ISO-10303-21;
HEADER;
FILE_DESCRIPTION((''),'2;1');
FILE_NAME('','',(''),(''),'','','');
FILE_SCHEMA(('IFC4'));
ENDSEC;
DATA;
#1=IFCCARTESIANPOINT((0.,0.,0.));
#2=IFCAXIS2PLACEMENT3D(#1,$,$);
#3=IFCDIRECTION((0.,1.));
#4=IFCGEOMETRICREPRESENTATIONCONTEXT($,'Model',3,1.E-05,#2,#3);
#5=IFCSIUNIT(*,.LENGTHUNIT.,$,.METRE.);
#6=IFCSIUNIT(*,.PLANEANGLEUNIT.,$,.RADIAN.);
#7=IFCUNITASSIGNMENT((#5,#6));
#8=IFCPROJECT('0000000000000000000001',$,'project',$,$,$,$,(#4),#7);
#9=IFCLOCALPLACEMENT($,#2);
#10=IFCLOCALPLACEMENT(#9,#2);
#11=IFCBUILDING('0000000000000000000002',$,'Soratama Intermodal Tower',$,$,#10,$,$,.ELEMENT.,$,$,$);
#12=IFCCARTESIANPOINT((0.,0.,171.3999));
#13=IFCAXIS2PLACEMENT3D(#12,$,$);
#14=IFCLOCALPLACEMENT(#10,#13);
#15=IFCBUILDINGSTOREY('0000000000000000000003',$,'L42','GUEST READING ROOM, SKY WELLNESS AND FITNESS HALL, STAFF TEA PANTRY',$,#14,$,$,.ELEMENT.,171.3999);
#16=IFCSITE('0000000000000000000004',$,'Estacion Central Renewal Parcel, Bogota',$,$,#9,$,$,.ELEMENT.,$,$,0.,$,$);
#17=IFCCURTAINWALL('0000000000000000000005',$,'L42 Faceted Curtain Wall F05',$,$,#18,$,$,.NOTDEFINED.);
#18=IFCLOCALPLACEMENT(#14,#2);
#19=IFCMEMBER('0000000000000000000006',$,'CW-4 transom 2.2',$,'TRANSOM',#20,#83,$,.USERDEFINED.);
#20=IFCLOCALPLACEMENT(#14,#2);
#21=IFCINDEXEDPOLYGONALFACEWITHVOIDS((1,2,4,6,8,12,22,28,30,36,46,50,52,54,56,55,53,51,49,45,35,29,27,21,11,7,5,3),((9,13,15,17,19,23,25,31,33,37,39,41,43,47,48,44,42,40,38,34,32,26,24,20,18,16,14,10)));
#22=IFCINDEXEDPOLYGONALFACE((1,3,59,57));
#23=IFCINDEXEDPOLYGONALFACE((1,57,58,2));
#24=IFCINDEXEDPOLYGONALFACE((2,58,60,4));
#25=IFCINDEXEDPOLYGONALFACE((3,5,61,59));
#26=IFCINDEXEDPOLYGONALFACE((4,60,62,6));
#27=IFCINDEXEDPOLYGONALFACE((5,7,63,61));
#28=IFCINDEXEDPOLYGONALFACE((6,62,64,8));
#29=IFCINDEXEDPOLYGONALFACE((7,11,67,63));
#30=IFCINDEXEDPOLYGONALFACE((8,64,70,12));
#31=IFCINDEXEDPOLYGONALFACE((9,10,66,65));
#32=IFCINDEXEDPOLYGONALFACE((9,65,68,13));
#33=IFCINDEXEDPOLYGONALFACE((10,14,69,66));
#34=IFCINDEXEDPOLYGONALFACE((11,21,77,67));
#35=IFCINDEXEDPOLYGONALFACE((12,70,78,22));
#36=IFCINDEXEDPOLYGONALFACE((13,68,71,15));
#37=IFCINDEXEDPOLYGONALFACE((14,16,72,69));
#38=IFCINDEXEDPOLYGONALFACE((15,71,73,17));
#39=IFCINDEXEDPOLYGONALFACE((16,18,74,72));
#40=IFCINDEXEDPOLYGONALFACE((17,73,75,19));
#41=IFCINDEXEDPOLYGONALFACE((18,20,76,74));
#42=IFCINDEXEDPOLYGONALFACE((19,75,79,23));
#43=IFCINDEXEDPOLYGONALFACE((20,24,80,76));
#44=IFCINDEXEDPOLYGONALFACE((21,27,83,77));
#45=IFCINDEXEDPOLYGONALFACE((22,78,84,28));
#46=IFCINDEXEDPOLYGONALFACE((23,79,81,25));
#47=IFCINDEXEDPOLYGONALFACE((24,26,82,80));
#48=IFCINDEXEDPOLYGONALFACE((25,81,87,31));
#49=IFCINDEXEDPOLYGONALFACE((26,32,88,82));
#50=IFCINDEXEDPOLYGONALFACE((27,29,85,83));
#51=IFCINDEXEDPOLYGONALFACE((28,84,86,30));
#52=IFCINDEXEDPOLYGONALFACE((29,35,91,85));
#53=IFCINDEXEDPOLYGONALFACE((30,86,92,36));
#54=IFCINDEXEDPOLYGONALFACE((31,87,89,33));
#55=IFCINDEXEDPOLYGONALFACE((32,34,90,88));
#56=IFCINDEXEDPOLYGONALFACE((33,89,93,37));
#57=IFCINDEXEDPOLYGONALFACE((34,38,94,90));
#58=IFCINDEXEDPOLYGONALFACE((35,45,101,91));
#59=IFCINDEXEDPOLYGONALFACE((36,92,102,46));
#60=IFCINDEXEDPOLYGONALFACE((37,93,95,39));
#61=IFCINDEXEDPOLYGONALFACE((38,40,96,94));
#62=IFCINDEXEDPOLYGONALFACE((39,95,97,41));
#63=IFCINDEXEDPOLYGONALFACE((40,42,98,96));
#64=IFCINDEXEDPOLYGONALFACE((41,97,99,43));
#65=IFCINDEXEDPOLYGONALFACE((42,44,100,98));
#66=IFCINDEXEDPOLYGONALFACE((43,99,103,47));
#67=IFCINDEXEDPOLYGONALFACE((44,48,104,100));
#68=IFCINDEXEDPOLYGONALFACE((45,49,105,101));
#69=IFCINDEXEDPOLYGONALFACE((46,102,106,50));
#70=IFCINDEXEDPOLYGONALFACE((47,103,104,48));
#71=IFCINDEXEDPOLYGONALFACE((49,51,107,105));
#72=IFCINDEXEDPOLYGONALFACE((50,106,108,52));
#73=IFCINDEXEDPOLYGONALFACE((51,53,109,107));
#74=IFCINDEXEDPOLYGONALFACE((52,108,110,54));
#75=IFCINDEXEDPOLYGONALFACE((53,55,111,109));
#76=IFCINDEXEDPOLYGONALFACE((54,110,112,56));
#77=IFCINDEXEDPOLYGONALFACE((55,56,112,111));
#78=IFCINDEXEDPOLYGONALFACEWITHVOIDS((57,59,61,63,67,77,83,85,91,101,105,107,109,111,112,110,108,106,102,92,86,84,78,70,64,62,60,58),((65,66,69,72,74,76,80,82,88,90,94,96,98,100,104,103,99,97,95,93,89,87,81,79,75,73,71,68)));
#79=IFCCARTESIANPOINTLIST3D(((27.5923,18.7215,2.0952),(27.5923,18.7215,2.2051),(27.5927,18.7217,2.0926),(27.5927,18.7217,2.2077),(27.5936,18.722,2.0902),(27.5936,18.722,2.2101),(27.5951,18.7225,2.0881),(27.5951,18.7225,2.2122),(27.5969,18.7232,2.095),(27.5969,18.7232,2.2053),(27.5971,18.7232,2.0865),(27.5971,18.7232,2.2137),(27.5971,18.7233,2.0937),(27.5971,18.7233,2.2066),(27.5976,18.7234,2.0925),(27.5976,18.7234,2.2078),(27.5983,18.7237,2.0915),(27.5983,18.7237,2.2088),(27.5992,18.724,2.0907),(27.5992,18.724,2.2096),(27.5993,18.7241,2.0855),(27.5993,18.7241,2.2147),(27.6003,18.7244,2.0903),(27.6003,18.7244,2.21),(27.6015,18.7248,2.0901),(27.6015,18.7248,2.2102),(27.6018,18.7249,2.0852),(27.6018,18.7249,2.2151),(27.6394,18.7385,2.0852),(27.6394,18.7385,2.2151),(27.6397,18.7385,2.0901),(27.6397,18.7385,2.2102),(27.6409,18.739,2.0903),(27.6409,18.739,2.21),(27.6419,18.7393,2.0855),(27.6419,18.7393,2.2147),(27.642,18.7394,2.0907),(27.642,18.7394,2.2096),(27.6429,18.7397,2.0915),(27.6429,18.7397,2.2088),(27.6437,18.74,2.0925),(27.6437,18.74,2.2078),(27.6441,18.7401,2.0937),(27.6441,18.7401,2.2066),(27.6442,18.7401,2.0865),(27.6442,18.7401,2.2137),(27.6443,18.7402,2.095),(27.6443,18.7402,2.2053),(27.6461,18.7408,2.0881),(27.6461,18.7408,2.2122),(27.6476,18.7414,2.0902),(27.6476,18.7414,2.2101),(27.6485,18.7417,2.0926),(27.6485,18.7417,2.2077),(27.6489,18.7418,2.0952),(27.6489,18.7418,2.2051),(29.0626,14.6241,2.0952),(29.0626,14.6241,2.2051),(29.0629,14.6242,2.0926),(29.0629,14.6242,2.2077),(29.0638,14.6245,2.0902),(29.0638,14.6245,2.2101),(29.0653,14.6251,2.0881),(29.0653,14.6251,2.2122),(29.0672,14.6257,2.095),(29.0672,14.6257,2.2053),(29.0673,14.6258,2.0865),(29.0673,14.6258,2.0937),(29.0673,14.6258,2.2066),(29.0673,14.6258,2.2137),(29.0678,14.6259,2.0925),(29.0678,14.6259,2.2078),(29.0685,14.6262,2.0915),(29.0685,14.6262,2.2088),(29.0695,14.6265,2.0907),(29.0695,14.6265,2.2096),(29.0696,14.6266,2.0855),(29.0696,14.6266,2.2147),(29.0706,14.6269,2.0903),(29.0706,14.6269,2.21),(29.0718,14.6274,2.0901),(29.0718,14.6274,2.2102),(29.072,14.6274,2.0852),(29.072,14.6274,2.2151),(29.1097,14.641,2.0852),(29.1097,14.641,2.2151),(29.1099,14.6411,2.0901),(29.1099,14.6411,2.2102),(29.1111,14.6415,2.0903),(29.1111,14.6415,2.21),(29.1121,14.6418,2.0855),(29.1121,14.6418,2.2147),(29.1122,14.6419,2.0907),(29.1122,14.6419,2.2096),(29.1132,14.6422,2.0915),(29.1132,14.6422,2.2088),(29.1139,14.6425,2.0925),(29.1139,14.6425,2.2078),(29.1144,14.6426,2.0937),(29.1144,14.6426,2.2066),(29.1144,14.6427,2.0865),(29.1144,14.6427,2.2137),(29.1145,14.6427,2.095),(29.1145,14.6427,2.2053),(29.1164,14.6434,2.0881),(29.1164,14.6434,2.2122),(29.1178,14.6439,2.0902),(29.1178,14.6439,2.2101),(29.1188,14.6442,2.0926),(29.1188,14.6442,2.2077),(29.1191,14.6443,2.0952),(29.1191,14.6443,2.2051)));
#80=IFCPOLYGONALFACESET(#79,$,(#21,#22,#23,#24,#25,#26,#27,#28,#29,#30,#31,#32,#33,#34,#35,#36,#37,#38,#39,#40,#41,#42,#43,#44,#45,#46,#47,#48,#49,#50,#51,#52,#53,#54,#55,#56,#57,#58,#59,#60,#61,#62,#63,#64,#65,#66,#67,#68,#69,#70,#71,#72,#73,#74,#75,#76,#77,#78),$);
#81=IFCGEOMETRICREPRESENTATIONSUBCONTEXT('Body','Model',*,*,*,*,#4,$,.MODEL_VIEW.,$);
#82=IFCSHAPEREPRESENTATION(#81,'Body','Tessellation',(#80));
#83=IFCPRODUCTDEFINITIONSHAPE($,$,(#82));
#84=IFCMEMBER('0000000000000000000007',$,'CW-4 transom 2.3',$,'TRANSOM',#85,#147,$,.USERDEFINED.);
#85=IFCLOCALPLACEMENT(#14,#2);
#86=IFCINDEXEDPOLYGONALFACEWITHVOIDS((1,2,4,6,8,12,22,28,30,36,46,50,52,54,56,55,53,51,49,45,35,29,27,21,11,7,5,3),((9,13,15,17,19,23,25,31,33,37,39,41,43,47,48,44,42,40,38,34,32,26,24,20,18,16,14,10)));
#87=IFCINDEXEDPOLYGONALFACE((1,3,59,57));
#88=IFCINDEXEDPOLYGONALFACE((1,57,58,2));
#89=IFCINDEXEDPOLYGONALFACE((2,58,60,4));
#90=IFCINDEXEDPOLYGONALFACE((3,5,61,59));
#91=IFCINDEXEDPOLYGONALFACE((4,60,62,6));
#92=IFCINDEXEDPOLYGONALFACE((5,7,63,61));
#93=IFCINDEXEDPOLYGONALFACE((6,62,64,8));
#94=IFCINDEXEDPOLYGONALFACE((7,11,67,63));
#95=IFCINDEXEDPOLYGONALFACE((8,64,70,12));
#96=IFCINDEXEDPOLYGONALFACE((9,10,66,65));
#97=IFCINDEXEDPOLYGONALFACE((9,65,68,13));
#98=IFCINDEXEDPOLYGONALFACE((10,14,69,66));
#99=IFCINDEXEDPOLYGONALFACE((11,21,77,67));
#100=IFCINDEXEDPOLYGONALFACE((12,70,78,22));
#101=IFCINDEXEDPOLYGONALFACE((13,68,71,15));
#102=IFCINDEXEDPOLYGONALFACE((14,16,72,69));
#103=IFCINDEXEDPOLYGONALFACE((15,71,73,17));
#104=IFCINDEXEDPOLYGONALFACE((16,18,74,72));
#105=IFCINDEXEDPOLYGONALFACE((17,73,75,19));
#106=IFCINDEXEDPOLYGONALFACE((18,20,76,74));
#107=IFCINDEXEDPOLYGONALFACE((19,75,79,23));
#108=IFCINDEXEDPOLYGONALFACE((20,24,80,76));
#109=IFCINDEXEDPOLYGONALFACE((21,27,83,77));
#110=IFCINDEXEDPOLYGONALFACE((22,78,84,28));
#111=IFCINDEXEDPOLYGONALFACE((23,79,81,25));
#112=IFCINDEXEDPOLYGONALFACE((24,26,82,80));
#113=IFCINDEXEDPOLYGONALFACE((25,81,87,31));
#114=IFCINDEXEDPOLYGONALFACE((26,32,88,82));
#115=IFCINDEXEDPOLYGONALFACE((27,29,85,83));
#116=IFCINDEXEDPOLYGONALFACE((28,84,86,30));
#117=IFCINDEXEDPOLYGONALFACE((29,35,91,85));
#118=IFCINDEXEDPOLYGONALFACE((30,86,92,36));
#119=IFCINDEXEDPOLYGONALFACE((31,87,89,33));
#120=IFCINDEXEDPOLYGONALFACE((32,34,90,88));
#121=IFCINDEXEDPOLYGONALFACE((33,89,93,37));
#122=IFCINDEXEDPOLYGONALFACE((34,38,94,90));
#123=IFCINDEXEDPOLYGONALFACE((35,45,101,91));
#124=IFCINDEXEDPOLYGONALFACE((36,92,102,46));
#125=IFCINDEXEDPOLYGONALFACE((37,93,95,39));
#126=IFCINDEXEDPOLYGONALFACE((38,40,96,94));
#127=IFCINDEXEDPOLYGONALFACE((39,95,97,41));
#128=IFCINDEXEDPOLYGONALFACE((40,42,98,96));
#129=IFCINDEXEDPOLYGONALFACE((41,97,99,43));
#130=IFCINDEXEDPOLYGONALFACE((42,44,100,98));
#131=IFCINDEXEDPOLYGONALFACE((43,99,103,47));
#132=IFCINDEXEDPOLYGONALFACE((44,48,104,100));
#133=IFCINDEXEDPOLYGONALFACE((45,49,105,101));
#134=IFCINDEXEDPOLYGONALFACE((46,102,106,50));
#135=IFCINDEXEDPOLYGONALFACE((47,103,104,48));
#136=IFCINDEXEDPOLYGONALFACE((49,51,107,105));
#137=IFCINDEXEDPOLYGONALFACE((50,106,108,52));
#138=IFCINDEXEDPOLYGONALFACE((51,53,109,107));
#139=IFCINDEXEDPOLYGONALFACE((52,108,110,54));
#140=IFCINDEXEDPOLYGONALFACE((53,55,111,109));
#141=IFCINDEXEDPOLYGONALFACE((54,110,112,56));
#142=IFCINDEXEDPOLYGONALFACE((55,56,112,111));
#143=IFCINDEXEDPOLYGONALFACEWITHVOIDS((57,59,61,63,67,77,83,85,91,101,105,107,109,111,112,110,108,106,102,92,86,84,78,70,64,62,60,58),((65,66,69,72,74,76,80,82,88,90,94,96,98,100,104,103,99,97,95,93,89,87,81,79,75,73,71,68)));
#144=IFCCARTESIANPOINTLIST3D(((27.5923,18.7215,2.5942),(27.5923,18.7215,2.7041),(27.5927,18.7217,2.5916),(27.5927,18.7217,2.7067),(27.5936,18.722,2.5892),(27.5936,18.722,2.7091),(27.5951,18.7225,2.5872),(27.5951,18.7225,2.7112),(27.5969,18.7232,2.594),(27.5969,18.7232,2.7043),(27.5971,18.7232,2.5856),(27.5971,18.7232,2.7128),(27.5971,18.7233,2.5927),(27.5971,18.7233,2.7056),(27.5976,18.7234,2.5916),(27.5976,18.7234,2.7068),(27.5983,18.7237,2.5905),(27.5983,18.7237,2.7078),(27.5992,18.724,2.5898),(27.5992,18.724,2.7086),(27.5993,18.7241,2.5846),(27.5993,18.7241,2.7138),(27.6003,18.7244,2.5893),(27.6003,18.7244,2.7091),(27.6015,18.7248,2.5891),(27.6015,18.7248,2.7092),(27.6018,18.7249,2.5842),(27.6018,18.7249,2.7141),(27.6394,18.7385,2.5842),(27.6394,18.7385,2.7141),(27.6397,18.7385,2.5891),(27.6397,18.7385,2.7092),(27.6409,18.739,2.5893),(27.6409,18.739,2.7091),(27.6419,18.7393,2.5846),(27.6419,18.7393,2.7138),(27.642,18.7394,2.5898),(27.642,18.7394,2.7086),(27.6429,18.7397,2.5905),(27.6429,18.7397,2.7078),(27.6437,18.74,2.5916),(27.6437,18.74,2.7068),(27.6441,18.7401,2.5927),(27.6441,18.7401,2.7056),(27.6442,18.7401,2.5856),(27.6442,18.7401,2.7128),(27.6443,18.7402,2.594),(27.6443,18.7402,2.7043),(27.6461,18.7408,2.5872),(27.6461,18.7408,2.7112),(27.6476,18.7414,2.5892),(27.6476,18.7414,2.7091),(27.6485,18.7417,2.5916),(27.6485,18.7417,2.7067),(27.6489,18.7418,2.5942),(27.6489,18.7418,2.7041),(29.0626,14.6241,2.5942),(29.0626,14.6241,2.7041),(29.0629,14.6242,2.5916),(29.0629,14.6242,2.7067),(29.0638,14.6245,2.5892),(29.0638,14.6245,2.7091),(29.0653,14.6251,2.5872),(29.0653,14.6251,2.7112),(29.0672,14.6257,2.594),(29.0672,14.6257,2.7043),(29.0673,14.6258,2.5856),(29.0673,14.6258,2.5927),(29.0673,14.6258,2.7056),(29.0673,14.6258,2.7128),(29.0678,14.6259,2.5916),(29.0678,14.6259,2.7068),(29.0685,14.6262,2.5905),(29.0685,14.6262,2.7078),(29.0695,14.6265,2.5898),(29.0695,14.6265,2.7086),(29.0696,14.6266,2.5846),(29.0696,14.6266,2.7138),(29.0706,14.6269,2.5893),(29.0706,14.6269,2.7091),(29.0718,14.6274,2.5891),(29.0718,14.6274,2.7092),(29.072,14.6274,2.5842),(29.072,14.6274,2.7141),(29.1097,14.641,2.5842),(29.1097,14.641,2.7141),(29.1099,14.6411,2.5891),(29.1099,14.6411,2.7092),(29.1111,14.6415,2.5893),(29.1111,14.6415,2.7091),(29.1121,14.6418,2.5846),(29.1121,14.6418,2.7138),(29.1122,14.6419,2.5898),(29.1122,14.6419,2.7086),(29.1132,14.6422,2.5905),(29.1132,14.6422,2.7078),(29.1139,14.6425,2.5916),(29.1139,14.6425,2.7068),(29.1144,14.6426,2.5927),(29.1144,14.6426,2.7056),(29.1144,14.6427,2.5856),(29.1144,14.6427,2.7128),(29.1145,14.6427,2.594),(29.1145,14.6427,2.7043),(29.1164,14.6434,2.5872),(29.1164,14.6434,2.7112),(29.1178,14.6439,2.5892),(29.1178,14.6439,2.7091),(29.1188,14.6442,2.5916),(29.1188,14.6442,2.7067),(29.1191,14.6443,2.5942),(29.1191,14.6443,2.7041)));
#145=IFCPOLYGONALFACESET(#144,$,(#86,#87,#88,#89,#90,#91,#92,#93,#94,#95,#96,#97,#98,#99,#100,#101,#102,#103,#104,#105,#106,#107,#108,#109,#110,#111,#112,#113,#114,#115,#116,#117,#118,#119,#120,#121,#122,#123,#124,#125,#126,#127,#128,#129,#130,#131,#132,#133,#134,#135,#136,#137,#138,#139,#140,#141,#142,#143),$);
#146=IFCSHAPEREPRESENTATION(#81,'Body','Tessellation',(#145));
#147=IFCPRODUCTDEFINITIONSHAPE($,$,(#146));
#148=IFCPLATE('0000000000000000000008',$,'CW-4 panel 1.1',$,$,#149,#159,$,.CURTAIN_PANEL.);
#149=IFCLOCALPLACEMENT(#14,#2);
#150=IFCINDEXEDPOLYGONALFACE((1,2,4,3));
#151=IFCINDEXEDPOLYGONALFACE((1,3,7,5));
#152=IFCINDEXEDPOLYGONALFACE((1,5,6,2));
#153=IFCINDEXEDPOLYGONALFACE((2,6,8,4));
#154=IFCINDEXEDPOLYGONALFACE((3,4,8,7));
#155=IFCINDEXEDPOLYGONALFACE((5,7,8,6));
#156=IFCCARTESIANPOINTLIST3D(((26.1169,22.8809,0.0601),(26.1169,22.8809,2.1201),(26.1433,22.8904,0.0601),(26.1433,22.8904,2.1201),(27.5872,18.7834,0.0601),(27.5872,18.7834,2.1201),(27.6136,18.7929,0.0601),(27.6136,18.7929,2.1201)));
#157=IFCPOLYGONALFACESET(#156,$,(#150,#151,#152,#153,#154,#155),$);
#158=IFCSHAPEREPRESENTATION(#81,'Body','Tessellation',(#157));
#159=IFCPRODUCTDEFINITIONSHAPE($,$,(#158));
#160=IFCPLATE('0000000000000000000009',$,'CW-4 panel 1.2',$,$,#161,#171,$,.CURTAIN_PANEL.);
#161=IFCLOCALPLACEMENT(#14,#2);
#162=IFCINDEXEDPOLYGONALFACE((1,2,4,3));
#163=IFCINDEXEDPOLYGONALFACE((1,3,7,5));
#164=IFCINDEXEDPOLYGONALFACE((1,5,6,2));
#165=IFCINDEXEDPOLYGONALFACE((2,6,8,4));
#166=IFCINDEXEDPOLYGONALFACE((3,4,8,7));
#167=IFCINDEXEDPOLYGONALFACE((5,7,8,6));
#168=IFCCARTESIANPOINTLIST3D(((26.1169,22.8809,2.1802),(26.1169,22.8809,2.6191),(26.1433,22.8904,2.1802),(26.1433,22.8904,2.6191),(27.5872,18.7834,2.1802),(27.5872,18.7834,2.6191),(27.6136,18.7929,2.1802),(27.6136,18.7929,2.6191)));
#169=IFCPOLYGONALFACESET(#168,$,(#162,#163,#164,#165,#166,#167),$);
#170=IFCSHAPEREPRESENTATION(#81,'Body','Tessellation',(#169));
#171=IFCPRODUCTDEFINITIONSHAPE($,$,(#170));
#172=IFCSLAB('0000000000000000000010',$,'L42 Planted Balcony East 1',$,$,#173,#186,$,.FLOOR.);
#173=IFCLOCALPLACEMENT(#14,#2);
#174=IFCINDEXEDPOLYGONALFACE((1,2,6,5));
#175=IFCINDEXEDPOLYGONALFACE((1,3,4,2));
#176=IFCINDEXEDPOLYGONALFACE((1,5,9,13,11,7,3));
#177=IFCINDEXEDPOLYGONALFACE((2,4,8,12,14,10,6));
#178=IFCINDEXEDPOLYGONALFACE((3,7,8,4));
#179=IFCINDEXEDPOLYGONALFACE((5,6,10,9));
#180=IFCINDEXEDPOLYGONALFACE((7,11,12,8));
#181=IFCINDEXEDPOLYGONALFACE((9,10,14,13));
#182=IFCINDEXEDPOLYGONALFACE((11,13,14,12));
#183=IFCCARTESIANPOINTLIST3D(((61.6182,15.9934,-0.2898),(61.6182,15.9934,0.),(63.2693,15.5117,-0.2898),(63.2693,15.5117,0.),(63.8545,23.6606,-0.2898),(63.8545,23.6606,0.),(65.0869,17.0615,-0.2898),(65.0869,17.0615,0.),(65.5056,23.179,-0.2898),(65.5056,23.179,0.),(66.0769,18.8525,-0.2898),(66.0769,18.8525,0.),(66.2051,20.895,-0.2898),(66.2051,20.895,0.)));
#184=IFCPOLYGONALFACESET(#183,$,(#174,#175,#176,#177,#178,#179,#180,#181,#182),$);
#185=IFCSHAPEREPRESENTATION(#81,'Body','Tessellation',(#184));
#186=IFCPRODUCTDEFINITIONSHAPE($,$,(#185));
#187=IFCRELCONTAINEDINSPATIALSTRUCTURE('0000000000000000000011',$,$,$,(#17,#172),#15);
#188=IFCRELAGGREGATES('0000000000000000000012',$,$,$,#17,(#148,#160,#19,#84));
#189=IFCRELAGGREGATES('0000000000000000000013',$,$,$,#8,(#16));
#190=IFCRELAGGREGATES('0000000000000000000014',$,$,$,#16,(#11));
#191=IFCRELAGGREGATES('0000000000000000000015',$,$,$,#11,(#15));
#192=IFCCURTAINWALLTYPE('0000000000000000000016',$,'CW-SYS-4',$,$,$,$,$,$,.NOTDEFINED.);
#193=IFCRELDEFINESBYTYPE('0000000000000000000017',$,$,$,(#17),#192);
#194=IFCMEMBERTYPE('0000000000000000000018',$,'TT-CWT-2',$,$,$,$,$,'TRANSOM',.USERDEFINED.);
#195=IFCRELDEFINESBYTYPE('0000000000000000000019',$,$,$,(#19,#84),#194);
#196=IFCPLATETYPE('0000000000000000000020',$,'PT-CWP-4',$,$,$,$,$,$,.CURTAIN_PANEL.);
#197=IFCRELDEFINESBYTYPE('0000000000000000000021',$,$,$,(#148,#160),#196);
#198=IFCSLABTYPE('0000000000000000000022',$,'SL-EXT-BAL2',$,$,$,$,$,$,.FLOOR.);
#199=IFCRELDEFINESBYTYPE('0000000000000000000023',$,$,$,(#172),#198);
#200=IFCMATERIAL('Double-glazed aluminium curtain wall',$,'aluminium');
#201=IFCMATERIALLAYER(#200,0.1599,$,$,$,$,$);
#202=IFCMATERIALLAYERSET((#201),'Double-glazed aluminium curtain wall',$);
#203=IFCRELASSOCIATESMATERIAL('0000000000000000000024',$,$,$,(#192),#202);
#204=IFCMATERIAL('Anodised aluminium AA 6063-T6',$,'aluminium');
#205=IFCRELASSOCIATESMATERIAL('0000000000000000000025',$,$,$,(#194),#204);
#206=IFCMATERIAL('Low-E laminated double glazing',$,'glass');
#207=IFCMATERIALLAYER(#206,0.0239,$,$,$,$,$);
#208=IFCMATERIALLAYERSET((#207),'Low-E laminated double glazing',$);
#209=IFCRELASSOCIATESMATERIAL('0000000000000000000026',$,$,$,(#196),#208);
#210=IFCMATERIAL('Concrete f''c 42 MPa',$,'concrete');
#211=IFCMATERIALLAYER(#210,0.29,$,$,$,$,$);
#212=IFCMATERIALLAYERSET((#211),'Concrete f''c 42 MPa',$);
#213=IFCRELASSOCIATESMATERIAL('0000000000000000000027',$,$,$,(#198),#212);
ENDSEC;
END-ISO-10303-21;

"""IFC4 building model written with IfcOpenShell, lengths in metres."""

from ifc_helpers import new_model, si_unit, direction, frame, origin, origin_2d, place, context, subcontext, project, spatial, polyline, rectangle, hollow_rectangle, outline, extrude, material, layer, layer_set, material_profile, profile_set, type_object, element, aggregate, save


model = new_model("IFC4")

# Units and contexts
model_context = context("Model", 3, precision=1e-05, world=origin(), true_north=direction((0.0, 1.0)))
body_context = subcontext(model_context, "Body", "Model", "MODEL_VIEW")
ifc_project = project(units=[si_unit("LENGTHUNIT", "METRE"), si_unit("PLANEANGLEUNIT", "RADIAN")], contexts=[model_context])

# Site, building, storey
site_placement = place(None, origin())
site = spatial("IfcSite", under=ifc_project, at=site_placement, Name="Estacion Central Renewal Parcel, Bogota", CompositionType="ELEMENT", RefElevation=0.0)
building_placement = place(site_placement, origin())
building = spatial("IfcBuilding", under=site, at=building_placement, Name="Soratama Intermodal Tower", CompositionType="ELEMENT")
storey_placement = place(building_placement, frame((0.0, 0.0, 171.3999)))
storey = spatial("IfcBuildingStorey", under=building, at=storey_placement, Name="L42", Description="GUEST READING ROOM, SKY WELLNESS AND FITNESS HALL, STAFF TEA PANTRY", CompositionType="ELEMENT", Elevation=171.3999)

# Curtain wall, members, plates
ifc_material_1 = material(Name="Double-glazed aluminium curtain wall", Category="aluminium")
ifc_layer_1 = layer(ifc_material_1, 0.1599)
ifc_layer_set_1 = layer_set([ifc_layer_1], Name="Double-glazed aluminium curtain wall")
curtain_wall_type = type_object("IfcCurtainWallType", Name="CW-SYS-4", PredefinedType="NOTDEFINED", material=ifc_layer_set_1)
curtain_wall_placement = place(storey_placement, origin())
curtain_wall = element("IfcCurtainWall", 1, at=curtain_wall_placement, inside=storey, type_object=curtain_wall_type, Name="L42 Faceted Curtain Wall F05", PredefinedType="NOTDEFINED")
ifc_material_2 = material(Name="Anodised aluminium AA 6063-T6", Category="aluminium")
ifc_material_profile_1 = material_profile(ifc_material_2, hollow_rectangle(XDim=0.0601, YDim=0.1299, WallThickness=0.0049, InnerFilletRadius=0.0049, OuterFilletRadius=0.01, at=origin_2d()), Name="CWT130X60X5")
ifc_profile_set_1 = profile_set([ifc_material_profile_1], Name="Anodised aluminium AA 6063-T6")
member_type_1 = type_object("IfcMemberType", Name="TT-CWT-2", ElementType="TRANSOM", PredefinedType="USERDEFINED", material=ifc_profile_set_1)
member_1_placement = place(storey_placement, frame((27.6206, 18.7317, 2.1501), z_axis=(0.337732, -0.941242, 0.0), x_axis=(0.941242, 0.337732, 0.0)))
member_1 = element("IfcMember", 2, at=member_1_placement, type_object=member_type_1, Name="CW-4 transom 2.2", ObjectType="TRANSOM", PredefinedType="USERDEFINED", context=body_context, shape_type="SweptSolid", body=[
    extrude(hollow_rectangle(XDim=0.0601, YDim=0.1299, WallThickness=0.0049, InnerFilletRadius=0.0049, OuterFilletRadius=0.01, at=origin_2d()), origin(), (0.0, 0.0, 1.0), 4.3533),
])
member_2_placement = place(storey_placement, frame((27.6206, 18.7317, 2.6492), z_axis=(0.337732, -0.941242, 0.0), x_axis=(0.941242, 0.337732, 0.0)))
member_2 = element("IfcMember", 3, at=member_2_placement, type_object=member_type_1, Name="CW-4 transom 2.3", ObjectType="TRANSOM", PredefinedType="USERDEFINED", context=body_context, shape_type="SweptSolid", body=[
    extrude(hollow_rectangle(XDim=0.0601, YDim=0.1299, WallThickness=0.0049, InnerFilletRadius=0.0049, OuterFilletRadius=0.01, at=origin_2d()), origin(), (0.0, 0.0, 1.0), 4.3533),
])
ifc_material_3 = material(Name="Low-E laminated double glazing", Category="glass")
ifc_layer_2 = layer(ifc_material_3, 0.0239)
ifc_layer_set_2 = layer_set([ifc_layer_2], Name="Low-E laminated double glazing")
plate_type = type_object("IfcPlateType", Name="PT-CWP-4", PredefinedType="CURTAIN_PANEL", material=ifc_layer_set_2)
plate_1_placement = place(storey_placement, frame((26.8652, 20.8369, 0.0601), z_axis=(0.0, 0.0, 1.0), x_axis=(0.337751, -0.941235, 0.0)))
plate_1 = element("IfcPlate", 4, at=plate_1_placement, type_object=plate_type, Name="CW-4 panel 1.1", PredefinedType="CURTAIN_PANEL", context=body_context, shape_type="SweptSolid", body=[
    extrude(rectangle(XDim=4.3533, YDim=0.0281, at=origin_2d()), origin(), (0.0, 0.0, 1.0), 2.0601),
])
plate_2_placement = place(storey_placement, frame((26.8652, 20.8369, 2.1802), z_axis=(0.0, 0.0, 1.0), x_axis=(0.337751, -0.941235, 0.0)))
plate_2 = element("IfcPlate", 5, at=plate_2_placement, type_object=plate_type, Name="CW-4 panel 1.2", PredefinedType="CURTAIN_PANEL", context=body_context, shape_type="SweptSolid", body=[
    extrude(rectangle(XDim=4.3533, YDim=0.0281, at=origin_2d()), origin(), (0.0, 0.0, 1.0), 0.439),
])
aggregate(curtain_wall, [plate_1, plate_2, member_1, member_2])

# Slab
ifc_material_4 = material(Name="Concrete f'c 42 MPa", Category="concrete")
ifc_layer_3 = layer(ifc_material_4, 0.29)
ifc_layer_set_3 = layer_set([ifc_layer_3], Name="Concrete f'c 42 MPa")
slab_type_1 = type_object("IfcSlabType", Name="SL-EXT-BAL2", PredefinedType="FLOOR", material=ifc_layer_set_3)
slab_1_placement = place(storey_placement, frame((0.0, 0.0, -0.2898)))
element("IfcSlab", 6, at=slab_1_placement, inside=storey, type_object=slab_type_1, Name="L42 Planted Balcony East 1", PredefinedType="FLOOR", context=body_context, shape_type="SweptSolid", body=[
    extrude(outline(polyline([(61.6182, 15.9934), (63.8545, 23.6606), (65.5056, 23.179), (66.2051, 20.895), (66.0769, 18.8525), (65.0869, 17.0615), (63.2693, 15.5117), (61.6182, 15.9934)])), origin(), (0.0, 0.0, 1.0), 0.2898),
])

save(model, "model.ifc")
